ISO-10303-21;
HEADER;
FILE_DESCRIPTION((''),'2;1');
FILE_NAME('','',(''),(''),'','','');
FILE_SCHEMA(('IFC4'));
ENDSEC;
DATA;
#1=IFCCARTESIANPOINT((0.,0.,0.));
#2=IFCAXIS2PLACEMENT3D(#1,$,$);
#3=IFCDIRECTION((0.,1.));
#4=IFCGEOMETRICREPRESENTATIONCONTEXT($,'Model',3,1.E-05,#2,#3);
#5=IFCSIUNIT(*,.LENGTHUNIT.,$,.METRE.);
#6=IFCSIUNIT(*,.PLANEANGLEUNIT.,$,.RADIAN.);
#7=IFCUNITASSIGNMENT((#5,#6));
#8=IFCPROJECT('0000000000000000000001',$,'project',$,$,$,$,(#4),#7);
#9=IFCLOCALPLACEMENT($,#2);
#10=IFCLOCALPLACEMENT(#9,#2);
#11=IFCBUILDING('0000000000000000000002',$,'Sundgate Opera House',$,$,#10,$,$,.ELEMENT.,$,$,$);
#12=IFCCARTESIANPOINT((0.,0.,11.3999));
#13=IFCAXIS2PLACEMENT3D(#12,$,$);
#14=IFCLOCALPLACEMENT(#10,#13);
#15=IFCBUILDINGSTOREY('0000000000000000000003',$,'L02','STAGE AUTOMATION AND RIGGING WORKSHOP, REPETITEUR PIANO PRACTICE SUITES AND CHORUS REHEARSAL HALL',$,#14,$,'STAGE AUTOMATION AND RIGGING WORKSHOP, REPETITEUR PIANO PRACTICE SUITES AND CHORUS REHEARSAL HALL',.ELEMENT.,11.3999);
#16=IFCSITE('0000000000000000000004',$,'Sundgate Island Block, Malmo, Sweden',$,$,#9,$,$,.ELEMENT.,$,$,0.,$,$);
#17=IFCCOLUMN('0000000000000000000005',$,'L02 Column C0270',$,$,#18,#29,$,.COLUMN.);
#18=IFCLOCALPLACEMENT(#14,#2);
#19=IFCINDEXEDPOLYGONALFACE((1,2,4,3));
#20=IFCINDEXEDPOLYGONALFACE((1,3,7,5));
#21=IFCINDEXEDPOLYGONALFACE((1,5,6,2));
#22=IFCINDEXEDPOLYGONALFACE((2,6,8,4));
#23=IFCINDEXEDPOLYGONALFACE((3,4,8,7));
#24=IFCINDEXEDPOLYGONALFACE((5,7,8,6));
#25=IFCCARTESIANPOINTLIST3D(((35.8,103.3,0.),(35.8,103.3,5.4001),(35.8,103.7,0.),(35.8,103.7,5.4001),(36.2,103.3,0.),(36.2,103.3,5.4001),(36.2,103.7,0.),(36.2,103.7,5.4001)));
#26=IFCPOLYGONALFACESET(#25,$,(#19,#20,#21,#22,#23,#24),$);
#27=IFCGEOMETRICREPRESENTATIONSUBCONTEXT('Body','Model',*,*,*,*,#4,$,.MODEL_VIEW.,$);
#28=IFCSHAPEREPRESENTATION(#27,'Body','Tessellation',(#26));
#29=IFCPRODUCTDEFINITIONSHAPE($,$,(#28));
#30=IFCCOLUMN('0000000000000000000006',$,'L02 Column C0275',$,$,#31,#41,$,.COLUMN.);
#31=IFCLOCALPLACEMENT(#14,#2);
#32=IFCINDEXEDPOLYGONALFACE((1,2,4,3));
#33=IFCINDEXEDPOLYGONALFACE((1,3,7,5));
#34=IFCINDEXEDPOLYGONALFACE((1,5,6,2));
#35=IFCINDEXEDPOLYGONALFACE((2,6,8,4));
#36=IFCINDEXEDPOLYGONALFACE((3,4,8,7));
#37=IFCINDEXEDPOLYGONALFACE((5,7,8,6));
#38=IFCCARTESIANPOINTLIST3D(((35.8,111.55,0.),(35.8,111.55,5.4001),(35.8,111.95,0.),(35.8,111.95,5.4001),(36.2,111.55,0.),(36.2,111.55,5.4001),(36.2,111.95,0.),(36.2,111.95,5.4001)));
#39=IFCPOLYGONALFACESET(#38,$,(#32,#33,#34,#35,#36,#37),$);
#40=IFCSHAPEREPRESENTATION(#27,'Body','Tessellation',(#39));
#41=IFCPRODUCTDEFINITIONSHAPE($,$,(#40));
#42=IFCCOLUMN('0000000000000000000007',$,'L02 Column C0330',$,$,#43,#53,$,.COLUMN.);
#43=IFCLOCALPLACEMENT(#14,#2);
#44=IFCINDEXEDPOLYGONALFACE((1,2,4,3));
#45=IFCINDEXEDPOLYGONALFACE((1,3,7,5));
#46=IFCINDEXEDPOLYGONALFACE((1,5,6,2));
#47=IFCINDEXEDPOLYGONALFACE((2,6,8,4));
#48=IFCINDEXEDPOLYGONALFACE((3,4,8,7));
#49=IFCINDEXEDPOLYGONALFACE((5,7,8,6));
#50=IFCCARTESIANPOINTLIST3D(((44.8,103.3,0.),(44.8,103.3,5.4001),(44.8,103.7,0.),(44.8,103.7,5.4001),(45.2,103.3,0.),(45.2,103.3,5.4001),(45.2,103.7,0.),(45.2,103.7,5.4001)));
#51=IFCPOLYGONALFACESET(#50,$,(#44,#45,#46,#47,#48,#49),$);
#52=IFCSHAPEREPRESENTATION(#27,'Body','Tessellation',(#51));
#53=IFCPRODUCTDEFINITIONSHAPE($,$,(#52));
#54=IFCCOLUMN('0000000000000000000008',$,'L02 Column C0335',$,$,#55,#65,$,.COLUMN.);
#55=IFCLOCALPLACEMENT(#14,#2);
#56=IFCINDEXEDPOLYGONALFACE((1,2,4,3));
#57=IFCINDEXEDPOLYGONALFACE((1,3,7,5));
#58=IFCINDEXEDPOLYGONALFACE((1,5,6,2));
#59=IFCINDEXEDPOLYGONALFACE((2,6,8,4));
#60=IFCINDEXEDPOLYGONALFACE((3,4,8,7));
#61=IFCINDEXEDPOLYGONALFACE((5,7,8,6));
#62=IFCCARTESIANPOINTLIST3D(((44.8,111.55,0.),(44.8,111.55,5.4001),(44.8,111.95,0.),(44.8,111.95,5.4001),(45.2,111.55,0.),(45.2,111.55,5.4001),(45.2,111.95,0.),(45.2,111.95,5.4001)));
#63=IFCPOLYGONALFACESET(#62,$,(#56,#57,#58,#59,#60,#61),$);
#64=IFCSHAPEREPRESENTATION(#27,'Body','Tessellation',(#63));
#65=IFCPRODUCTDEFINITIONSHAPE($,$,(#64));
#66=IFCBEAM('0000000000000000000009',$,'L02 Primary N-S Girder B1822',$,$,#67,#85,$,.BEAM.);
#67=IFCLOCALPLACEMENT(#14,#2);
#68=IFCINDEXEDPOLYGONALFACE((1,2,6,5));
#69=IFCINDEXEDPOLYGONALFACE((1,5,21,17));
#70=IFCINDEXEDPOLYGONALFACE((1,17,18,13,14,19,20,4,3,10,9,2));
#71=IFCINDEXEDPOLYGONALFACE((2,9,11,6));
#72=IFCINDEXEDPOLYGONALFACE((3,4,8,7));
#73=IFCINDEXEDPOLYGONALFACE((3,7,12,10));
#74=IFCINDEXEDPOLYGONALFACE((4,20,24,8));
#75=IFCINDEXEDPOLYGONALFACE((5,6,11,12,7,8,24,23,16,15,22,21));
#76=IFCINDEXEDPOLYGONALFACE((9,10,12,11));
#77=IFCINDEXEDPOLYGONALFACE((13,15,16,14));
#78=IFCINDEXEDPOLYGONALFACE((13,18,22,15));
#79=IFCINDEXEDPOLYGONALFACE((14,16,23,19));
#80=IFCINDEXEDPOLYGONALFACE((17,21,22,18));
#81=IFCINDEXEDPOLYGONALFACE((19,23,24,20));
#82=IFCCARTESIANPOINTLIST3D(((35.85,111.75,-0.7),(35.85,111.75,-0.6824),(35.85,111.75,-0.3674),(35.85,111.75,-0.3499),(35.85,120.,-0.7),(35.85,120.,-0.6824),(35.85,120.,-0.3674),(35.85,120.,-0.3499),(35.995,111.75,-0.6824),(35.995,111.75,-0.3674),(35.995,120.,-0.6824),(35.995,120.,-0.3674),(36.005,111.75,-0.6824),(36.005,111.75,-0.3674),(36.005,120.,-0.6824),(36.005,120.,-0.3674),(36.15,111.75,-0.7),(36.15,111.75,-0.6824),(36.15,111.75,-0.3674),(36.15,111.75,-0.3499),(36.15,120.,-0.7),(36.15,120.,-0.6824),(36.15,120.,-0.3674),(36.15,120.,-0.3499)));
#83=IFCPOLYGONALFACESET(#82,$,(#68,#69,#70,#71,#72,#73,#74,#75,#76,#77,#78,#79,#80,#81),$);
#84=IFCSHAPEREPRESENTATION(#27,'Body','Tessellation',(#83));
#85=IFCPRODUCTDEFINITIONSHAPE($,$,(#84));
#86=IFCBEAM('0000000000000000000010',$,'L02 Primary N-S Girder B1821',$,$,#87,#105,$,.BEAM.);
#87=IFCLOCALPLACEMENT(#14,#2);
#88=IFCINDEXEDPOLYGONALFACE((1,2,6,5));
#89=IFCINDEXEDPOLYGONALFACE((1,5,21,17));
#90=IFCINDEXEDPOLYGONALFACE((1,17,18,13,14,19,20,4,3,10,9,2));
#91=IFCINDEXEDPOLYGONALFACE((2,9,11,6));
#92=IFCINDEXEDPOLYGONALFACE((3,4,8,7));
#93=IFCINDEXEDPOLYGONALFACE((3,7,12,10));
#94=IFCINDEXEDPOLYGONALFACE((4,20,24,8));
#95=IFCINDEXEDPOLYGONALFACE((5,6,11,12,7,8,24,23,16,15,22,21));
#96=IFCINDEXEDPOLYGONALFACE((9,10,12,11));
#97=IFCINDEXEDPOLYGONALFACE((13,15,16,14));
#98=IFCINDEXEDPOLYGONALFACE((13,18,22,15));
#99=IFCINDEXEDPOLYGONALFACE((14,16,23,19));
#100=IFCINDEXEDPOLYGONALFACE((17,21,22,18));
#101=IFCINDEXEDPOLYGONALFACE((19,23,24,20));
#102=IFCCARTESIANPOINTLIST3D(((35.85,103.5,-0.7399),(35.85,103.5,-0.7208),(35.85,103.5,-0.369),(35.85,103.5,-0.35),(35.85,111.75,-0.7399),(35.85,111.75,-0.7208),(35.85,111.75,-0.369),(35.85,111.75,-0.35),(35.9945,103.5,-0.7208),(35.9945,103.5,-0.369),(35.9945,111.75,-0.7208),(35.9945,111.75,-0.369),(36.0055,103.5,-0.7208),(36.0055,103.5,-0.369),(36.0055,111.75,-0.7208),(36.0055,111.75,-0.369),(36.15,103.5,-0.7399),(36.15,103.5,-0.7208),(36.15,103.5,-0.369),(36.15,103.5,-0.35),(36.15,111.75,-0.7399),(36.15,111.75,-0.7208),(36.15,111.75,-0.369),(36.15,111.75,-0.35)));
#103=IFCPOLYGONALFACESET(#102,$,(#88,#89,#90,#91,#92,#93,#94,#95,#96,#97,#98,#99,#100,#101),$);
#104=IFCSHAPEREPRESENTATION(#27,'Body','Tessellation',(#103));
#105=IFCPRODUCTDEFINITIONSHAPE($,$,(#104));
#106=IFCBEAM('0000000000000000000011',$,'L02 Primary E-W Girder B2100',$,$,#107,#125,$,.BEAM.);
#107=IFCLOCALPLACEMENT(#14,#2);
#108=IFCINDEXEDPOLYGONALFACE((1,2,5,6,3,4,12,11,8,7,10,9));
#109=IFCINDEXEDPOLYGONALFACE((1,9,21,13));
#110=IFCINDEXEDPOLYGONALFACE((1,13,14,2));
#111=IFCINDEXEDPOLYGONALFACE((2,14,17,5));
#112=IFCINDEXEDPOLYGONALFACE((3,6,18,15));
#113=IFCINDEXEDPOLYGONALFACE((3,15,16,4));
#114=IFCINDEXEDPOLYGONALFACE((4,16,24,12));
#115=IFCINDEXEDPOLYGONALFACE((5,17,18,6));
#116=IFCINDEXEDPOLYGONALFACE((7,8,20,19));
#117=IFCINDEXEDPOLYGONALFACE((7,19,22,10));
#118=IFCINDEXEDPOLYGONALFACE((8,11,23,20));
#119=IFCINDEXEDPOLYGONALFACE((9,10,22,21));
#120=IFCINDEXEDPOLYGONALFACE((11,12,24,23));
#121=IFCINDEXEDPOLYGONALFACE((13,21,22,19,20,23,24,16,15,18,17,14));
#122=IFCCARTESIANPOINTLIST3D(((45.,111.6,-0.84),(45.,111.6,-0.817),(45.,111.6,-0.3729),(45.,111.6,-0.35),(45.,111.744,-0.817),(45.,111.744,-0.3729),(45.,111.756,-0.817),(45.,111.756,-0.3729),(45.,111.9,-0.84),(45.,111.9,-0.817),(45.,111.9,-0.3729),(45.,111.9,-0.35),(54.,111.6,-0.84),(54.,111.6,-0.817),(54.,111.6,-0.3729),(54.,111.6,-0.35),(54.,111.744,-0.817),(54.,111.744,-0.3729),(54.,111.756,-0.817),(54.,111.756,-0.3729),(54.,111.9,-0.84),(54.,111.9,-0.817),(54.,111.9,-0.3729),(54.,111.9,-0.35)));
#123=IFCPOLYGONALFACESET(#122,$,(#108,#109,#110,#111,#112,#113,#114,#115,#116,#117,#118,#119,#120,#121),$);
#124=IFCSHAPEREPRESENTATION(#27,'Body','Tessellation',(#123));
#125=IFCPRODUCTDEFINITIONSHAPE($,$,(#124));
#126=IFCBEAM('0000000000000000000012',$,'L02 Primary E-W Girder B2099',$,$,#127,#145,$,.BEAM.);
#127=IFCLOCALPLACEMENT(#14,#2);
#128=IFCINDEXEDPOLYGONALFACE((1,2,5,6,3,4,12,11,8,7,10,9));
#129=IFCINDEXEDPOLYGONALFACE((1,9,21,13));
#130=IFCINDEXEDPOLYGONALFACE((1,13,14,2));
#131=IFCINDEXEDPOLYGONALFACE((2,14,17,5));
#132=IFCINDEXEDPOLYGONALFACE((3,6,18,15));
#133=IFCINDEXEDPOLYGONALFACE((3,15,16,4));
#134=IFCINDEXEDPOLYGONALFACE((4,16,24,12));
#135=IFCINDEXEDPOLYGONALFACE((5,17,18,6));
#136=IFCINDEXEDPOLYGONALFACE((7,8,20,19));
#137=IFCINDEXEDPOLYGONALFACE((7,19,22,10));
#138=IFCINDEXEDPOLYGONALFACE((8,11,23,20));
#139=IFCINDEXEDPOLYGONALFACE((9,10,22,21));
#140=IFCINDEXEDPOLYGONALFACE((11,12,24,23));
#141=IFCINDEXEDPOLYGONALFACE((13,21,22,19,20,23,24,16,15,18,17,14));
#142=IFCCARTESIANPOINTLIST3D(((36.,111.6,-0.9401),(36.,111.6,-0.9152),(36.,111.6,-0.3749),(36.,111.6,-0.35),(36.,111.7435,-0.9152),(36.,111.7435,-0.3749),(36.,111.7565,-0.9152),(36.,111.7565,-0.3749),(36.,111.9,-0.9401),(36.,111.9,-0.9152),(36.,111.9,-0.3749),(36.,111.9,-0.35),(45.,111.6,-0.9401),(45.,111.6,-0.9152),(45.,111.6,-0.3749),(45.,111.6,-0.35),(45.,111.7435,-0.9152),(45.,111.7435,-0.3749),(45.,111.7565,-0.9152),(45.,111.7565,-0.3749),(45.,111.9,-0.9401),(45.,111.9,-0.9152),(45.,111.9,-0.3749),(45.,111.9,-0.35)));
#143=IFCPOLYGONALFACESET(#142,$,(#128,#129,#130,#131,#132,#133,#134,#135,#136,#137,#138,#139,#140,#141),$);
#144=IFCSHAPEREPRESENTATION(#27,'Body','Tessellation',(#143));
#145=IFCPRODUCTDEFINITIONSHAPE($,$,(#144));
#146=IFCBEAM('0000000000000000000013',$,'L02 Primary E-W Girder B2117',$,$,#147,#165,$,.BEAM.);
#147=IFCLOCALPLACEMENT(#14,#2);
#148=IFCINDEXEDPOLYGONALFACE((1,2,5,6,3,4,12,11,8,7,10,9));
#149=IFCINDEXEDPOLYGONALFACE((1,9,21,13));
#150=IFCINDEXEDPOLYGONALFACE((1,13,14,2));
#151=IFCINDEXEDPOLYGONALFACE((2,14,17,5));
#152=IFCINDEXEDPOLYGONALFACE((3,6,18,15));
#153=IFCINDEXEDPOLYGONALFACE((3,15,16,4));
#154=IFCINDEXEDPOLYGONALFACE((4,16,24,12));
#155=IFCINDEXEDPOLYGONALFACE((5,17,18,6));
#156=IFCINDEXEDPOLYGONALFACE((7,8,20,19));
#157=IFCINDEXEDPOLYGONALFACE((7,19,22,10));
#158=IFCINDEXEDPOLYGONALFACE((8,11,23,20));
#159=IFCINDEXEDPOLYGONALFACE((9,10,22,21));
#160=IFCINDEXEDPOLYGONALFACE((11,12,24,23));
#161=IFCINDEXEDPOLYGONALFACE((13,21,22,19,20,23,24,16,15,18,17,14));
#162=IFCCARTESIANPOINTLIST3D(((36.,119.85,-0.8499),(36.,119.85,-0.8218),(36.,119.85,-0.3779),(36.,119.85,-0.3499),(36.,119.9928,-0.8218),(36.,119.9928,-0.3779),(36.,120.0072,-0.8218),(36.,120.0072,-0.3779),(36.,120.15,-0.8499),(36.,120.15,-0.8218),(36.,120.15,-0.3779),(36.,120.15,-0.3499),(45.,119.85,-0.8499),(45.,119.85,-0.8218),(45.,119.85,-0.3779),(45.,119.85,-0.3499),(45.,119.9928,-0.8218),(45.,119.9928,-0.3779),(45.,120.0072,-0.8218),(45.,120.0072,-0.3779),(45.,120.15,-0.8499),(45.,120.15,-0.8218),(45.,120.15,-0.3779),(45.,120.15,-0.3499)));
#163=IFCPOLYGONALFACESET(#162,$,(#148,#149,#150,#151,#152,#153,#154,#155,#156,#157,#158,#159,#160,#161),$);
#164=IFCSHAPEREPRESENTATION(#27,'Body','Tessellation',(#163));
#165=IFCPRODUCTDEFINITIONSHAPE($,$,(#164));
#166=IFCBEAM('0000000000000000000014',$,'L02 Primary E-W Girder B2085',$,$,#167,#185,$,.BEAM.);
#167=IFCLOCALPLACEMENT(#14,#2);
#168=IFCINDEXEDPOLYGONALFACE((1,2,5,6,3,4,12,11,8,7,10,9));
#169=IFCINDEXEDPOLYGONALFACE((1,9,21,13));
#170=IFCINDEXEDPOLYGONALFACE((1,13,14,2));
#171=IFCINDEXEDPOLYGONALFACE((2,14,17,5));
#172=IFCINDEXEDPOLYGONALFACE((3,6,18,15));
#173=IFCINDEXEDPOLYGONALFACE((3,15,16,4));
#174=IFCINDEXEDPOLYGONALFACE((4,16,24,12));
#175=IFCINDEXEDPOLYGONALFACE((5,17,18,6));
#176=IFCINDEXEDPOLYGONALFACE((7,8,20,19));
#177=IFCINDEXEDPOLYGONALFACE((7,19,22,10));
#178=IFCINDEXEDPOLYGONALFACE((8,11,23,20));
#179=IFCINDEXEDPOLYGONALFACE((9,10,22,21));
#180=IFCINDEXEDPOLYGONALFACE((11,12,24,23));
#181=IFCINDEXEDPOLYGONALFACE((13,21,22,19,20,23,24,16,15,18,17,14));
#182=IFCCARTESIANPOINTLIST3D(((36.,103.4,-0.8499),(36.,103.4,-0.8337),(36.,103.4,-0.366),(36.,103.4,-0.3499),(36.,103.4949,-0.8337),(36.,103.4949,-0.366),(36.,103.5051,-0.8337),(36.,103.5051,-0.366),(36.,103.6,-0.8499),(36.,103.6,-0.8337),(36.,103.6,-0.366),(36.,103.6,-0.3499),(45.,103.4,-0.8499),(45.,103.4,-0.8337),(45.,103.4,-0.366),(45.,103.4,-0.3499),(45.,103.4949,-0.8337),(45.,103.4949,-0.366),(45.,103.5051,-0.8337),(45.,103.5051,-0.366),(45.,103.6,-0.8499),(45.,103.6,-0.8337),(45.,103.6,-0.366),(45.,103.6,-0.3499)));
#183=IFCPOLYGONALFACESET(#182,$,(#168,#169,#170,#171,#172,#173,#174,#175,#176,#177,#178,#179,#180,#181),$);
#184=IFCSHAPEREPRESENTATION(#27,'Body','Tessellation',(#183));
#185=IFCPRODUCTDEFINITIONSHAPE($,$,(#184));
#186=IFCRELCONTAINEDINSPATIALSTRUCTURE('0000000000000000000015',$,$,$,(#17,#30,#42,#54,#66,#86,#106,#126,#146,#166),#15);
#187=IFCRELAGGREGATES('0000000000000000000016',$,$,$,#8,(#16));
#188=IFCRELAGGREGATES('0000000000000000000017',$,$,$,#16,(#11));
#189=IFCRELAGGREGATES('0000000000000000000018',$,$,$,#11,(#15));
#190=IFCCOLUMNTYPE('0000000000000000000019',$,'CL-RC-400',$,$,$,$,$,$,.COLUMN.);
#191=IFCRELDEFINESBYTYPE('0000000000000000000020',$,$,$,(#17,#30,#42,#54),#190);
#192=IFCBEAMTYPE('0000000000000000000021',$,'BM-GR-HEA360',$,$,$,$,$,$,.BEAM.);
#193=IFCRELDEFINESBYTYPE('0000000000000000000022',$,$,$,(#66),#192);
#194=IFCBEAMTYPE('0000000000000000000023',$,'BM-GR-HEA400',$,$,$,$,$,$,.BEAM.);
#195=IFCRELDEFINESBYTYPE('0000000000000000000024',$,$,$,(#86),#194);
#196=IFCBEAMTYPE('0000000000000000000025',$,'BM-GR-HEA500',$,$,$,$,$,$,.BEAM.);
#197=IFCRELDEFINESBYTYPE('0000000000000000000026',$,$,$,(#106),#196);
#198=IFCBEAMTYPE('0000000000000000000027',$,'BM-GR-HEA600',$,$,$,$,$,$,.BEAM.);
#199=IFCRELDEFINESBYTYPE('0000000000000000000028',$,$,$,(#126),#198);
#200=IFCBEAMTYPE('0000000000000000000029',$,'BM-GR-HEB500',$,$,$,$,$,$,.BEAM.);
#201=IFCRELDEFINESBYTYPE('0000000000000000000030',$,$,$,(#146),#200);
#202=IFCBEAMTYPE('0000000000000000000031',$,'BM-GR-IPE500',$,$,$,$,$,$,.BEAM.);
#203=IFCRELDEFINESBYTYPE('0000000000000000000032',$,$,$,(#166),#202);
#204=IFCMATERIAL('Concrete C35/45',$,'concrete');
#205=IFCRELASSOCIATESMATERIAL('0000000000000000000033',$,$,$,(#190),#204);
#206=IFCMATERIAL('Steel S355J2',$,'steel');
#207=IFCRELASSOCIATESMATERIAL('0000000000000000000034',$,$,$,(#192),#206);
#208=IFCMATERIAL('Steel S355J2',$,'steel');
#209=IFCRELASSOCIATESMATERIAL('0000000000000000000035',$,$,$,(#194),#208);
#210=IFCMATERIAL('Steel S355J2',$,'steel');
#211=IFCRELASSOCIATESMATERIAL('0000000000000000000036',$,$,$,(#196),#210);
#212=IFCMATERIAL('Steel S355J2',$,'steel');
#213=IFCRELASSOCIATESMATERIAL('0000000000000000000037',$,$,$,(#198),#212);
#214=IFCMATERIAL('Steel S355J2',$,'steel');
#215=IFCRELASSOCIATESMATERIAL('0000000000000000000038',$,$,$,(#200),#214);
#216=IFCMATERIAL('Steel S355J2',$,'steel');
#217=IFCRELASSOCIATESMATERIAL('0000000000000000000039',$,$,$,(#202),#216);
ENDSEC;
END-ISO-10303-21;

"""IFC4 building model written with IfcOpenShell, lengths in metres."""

from ifc_helpers import new_model, si_unit, direction, frame, origin, origin_2d, place, context, subcontext, project, spatial, rectangle, i_section, extrude, material, material_profile, profile_set, type_object, element, save


model = new_model("IFC4")

# Units and contexts
model_context = context("Model", 3, precision=1e-05, world=origin(), true_north=direction((0.0, 1.0)))
body_context = subcontext(model_context, "Body", "Model", "MODEL_VIEW")
ifc_project = project(units=[si_unit("LENGTHUNIT", "METRE"), si_unit("PLANEANGLEUNIT", "RADIAN")], contexts=[model_context])

# Site, building, storey
site_placement = place(None, origin())
site = spatial("IfcSite", under=ifc_project, at=site_placement, Name="Sundgate Island Block, Malmo, Sweden", CompositionType="ELEMENT", RefElevation=0.0)
building_placement = place(site_placement, origin())
building = spatial("IfcBuilding", under=site, at=building_placement, Name="Sundgate Opera House", CompositionType="ELEMENT")
storey_placement = place(building_placement, frame((0.0, 0.0, 11.3999)))
storey = spatial("IfcBuildingStorey", under=building, at=storey_placement, Name="L02", Description="STAGE AUTOMATION AND RIGGING WORKSHOP, REPETITEUR PIANO PRACTICE SUITES AND CHORUS REHEARSAL HALL", LongName="STAGE AUTOMATION AND RIGGING WORKSHOP, REPETITEUR PIANO PRACTICE SUITES AND CHORUS REHEARSAL HALL", CompositionType="ELEMENT", Elevation=11.3999)

# Columns
ifc_material_1 = material(Name="Concrete C35/45", Category="concrete")
ifc_material_profile_1 = material_profile(ifc_material_1, rectangle(XDim=0.3999, YDim=0.3999, at=origin_2d()), Name="RC 400x400")
ifc_profile_set_1 = profile_set([ifc_material_profile_1], Name="Concrete C35/45")
column_type = type_object("IfcColumnType", Name="CL-RC-400", PredefinedType="COLUMN", material=ifc_profile_set_1)
for number, where, z_axis, x_axis, name in (
    (1, (36.0, 103.5, 0.0), (0.0, 0.0, 1.0), (1.0, 0.0, 0.0), "L02 Column C0270"),
    (2, (36.0, 111.75, 0.0), (0.0, 0.0, 1.0), (1.0, 0.0, 0.0), "L02 Column C0275"),
    (3, (45.0, 103.5, 0.0), (0.0, 0.0, 1.0), (1.0, 0.0, 0.0), "L02 Column C0330"),
    (4, (45.0, 111.75, 0.0), (0.0, 0.0, 1.0), (1.0, 0.0, 0.0), "L02 Column C0335"),
):
    element("IfcColumn", number, at=place(storey_placement, frame(where, z_axis=z_axis, x_axis=x_axis)), inside=storey, type_object=column_type, Name=name, PredefinedType="COLUMN", context=body_context, shape_type="SweptSolid", body=[
        extrude(rectangle(XDim=0.3999, YDim=0.3999, at=origin_2d()), origin(), (0.0, 0.0, 1.0), 5.4001),
    ])

# Beams
ifc_material_2 = material(Name="Steel S355J2", Category="steel")
ifc_material_profile_2 = material_profile(ifc_material_2, i_section(OverallWidth=0.3, OverallDepth=0.3501, WebThickness=0.01, FlangeThickness=0.0176, at=origin_2d()), Name="HEA 360")
ifc_profile_set_2 = profile_set([ifc_material_profile_2], Name="Steel S355J2")
beam_type_1 = type_object("IfcBeamType", Name="BM-GR-HEA360", PredefinedType="BEAM", material=ifc_profile_set_2)
beam_1_placement = place(storey_placement, frame((36.0, 111.75, -0.5249), z_axis=(0.0, 1.0, 0.0), x_axis=(-1.0, 0.0, 0.0)))
element("IfcBeam", 5, at=beam_1_placement, inside=storey, type_object=beam_type_1, Name="L02 Primary N-S Girder B1822", PredefinedType="BEAM", context=body_context, shape_type="SweptSolid", body=[
    extrude(i_section(OverallWidth=0.3, OverallDepth=0.3501, WebThickness=0.01, FlangeThickness=0.0176, at=origin_2d()), origin(), (0.0, 0.0, 1.0), 8.25),
])
ifc_material_3 = material(Name="Steel S355J2", Category="steel")
ifc_material_profile_3 = material_profile(ifc_material_3, i_section(OverallWidth=0.3, OverallDepth=0.3899, WebThickness=0.011, FlangeThickness=0.019, at=origin_2d()), Name="HEA 400")
ifc_profile_set_3 = profile_set([ifc_material_profile_3], Name="Steel S355J2")
beam_type_2 = type_object("IfcBeamType", Name="BM-GR-HEA400", PredefinedType="BEAM", material=ifc_profile_set_3)
beam_2_placement = place(storey_placement, frame((36.0, 103.5, -0.5449), z_axis=(0.0, 1.0, 0.0), x_axis=(-1.0, 0.0, 0.0)))
element("IfcBeam", 6, at=beam_2_placement, inside=storey, type_object=beam_type_2, Name="L02 Primary N-S Girder B1821", PredefinedType="BEAM", context=body_context, shape_type="SweptSolid", body=[
    extrude(i_section(OverallWidth=0.3, OverallDepth=0.3899, WebThickness=0.011, FlangeThickness=0.019, at=origin_2d()), origin(), (0.0, 0.0, 1.0), 8.25),
])
ifc_material_4 = material(Name="Steel S355J2", Category="steel")
ifc_material_profile_4 = material_profile(ifc_material_4, i_section(OverallWidth=0.3, OverallDepth=0.49, WebThickness=0.012, FlangeThickness=0.0229, at=origin_2d()), Name="HEA 500")
ifc_profile_set_4 = profile_set([ifc_material_profile_4], Name="Steel S355J2")
beam_type_3 = type_object("IfcBeamType", Name="BM-GR-HEA500", PredefinedType="BEAM", material=ifc_profile_set_4)
beam_3_placement = place(storey_placement, frame((45.0, 111.75, -0.595), z_axis=(1.0, 0.0, 0.0), x_axis=(0.0, 1.0, 0.0)))
element("IfcBeam", 7, at=beam_3_placement, inside=storey, type_object=beam_type_3, Name="L02 Primary E-W Girder B2100", PredefinedType="BEAM", context=body_context, shape_type="SweptSolid", body=[
    extrude(i_section(OverallWidth=0.3, OverallDepth=0.49, WebThickness=0.012, FlangeThickness=0.0229, at=origin_2d()), origin(), (0.0, 0.0, 1.0), 9.0),
])
ifc_material_5 = material(Name="Steel S355J2", Category="steel")
ifc_material_profile_5 = material_profile(ifc_material_5, i_section(OverallWidth=0.3, OverallDepth=0.5901, WebThickness=0.0129, FlangeThickness=0.0249, at=origin_2d()), Name="HEA 600")
ifc_profile_set_5 = profile_set([ifc_material_profile_5], Name="Steel S355J2")
beam_type_4 = type_object("IfcBeamType", Name="BM-GR-HEA600", PredefinedType="BEAM", material=ifc_profile_set_5)
beam_4_placement = place(storey_placement, frame((36.0, 111.75, -0.645), z_axis=(1.0, 0.0, 0.0), x_axis=(0.0, 1.0, 0.0)))
element("IfcBeam", 8, at=beam_4_placement, inside=storey, type_object=beam_type_4, Name="L02 Primary E-W Girder B2099", PredefinedType="BEAM", context=body_context, shape_type="SweptSolid", body=[
    extrude(i_section(OverallWidth=0.3, OverallDepth=0.5901, WebThickness=0.0129, FlangeThickness=0.0249, at=origin_2d()), origin(), (0.0, 0.0, 1.0), 9.0),
])
ifc_material_6 = material(Name="Steel S355J2", Category="steel")
ifc_material_profile_6 = material_profile(ifc_material_6, i_section(OverallWidth=0.3, OverallDepth=0.5, WebThickness=0.0144, FlangeThickness=0.0281, at=origin_2d()), Name="HEB 500")
ifc_profile_set_6 = profile_set([ifc_material_profile_6], Name="Steel S355J2")
beam_type_5 = type_object("IfcBeamType", Name="BM-GR-HEB500", PredefinedType="BEAM", material=ifc_profile_set_6)
beam_5_placement = place(storey_placement, frame((36.0, 120.0, -0.5999), z_axis=(1.0, 0.0, 0.0), x_axis=(0.0, 1.0, 0.0)))
element("IfcBeam", 9, at=beam_5_placement, inside=storey, type_object=beam_type_5, Name="L02 Primary E-W Girder B2117", PredefinedType="BEAM", context=body_context, shape_type="SweptSolid", body=[
    extrude(i_section(OverallWidth=0.3, OverallDepth=0.5, WebThickness=0.0144, FlangeThickness=0.0281, at=origin_2d()), origin(), (0.0, 0.0, 1.0), 9.0),
])
ifc_material_7 = material(Name="Steel S355J2", Category="steel")
ifc_material_profile_7 = material_profile(ifc_material_7, i_section(OverallWidth=0.2, OverallDepth=0.5, WebThickness=0.0103, FlangeThickness=0.0161, at=origin_2d()), Name="IPE 500")
ifc_profile_set_7 = profile_set([ifc_material_profile_7], Name="Steel S355J2")
beam_type_6 = type_object("IfcBeamType", Name="BM-GR-IPE500", PredefinedType="BEAM", material=ifc_profile_set_7)
beam_6_placement = place(storey_placement, frame((36.0, 103.5, -0.5999), z_axis=(1.0, 0.0, 0.0), x_axis=(0.0, 1.0, 0.0)))
element("IfcBeam", 10, at=beam_6_placement, inside=storey, type_object=beam_type_6, Name="L02 Primary E-W Girder B2085", PredefinedType="BEAM", context=body_context, shape_type="SweptSolid", body=[
    extrude(i_section(OverallWidth=0.2, OverallDepth=0.5, WebThickness=0.0103, FlangeThickness=0.0161, at=origin_2d()), origin(), (0.0, 0.0, 1.0), 9.0),
])

save(model, "model.ifc")
